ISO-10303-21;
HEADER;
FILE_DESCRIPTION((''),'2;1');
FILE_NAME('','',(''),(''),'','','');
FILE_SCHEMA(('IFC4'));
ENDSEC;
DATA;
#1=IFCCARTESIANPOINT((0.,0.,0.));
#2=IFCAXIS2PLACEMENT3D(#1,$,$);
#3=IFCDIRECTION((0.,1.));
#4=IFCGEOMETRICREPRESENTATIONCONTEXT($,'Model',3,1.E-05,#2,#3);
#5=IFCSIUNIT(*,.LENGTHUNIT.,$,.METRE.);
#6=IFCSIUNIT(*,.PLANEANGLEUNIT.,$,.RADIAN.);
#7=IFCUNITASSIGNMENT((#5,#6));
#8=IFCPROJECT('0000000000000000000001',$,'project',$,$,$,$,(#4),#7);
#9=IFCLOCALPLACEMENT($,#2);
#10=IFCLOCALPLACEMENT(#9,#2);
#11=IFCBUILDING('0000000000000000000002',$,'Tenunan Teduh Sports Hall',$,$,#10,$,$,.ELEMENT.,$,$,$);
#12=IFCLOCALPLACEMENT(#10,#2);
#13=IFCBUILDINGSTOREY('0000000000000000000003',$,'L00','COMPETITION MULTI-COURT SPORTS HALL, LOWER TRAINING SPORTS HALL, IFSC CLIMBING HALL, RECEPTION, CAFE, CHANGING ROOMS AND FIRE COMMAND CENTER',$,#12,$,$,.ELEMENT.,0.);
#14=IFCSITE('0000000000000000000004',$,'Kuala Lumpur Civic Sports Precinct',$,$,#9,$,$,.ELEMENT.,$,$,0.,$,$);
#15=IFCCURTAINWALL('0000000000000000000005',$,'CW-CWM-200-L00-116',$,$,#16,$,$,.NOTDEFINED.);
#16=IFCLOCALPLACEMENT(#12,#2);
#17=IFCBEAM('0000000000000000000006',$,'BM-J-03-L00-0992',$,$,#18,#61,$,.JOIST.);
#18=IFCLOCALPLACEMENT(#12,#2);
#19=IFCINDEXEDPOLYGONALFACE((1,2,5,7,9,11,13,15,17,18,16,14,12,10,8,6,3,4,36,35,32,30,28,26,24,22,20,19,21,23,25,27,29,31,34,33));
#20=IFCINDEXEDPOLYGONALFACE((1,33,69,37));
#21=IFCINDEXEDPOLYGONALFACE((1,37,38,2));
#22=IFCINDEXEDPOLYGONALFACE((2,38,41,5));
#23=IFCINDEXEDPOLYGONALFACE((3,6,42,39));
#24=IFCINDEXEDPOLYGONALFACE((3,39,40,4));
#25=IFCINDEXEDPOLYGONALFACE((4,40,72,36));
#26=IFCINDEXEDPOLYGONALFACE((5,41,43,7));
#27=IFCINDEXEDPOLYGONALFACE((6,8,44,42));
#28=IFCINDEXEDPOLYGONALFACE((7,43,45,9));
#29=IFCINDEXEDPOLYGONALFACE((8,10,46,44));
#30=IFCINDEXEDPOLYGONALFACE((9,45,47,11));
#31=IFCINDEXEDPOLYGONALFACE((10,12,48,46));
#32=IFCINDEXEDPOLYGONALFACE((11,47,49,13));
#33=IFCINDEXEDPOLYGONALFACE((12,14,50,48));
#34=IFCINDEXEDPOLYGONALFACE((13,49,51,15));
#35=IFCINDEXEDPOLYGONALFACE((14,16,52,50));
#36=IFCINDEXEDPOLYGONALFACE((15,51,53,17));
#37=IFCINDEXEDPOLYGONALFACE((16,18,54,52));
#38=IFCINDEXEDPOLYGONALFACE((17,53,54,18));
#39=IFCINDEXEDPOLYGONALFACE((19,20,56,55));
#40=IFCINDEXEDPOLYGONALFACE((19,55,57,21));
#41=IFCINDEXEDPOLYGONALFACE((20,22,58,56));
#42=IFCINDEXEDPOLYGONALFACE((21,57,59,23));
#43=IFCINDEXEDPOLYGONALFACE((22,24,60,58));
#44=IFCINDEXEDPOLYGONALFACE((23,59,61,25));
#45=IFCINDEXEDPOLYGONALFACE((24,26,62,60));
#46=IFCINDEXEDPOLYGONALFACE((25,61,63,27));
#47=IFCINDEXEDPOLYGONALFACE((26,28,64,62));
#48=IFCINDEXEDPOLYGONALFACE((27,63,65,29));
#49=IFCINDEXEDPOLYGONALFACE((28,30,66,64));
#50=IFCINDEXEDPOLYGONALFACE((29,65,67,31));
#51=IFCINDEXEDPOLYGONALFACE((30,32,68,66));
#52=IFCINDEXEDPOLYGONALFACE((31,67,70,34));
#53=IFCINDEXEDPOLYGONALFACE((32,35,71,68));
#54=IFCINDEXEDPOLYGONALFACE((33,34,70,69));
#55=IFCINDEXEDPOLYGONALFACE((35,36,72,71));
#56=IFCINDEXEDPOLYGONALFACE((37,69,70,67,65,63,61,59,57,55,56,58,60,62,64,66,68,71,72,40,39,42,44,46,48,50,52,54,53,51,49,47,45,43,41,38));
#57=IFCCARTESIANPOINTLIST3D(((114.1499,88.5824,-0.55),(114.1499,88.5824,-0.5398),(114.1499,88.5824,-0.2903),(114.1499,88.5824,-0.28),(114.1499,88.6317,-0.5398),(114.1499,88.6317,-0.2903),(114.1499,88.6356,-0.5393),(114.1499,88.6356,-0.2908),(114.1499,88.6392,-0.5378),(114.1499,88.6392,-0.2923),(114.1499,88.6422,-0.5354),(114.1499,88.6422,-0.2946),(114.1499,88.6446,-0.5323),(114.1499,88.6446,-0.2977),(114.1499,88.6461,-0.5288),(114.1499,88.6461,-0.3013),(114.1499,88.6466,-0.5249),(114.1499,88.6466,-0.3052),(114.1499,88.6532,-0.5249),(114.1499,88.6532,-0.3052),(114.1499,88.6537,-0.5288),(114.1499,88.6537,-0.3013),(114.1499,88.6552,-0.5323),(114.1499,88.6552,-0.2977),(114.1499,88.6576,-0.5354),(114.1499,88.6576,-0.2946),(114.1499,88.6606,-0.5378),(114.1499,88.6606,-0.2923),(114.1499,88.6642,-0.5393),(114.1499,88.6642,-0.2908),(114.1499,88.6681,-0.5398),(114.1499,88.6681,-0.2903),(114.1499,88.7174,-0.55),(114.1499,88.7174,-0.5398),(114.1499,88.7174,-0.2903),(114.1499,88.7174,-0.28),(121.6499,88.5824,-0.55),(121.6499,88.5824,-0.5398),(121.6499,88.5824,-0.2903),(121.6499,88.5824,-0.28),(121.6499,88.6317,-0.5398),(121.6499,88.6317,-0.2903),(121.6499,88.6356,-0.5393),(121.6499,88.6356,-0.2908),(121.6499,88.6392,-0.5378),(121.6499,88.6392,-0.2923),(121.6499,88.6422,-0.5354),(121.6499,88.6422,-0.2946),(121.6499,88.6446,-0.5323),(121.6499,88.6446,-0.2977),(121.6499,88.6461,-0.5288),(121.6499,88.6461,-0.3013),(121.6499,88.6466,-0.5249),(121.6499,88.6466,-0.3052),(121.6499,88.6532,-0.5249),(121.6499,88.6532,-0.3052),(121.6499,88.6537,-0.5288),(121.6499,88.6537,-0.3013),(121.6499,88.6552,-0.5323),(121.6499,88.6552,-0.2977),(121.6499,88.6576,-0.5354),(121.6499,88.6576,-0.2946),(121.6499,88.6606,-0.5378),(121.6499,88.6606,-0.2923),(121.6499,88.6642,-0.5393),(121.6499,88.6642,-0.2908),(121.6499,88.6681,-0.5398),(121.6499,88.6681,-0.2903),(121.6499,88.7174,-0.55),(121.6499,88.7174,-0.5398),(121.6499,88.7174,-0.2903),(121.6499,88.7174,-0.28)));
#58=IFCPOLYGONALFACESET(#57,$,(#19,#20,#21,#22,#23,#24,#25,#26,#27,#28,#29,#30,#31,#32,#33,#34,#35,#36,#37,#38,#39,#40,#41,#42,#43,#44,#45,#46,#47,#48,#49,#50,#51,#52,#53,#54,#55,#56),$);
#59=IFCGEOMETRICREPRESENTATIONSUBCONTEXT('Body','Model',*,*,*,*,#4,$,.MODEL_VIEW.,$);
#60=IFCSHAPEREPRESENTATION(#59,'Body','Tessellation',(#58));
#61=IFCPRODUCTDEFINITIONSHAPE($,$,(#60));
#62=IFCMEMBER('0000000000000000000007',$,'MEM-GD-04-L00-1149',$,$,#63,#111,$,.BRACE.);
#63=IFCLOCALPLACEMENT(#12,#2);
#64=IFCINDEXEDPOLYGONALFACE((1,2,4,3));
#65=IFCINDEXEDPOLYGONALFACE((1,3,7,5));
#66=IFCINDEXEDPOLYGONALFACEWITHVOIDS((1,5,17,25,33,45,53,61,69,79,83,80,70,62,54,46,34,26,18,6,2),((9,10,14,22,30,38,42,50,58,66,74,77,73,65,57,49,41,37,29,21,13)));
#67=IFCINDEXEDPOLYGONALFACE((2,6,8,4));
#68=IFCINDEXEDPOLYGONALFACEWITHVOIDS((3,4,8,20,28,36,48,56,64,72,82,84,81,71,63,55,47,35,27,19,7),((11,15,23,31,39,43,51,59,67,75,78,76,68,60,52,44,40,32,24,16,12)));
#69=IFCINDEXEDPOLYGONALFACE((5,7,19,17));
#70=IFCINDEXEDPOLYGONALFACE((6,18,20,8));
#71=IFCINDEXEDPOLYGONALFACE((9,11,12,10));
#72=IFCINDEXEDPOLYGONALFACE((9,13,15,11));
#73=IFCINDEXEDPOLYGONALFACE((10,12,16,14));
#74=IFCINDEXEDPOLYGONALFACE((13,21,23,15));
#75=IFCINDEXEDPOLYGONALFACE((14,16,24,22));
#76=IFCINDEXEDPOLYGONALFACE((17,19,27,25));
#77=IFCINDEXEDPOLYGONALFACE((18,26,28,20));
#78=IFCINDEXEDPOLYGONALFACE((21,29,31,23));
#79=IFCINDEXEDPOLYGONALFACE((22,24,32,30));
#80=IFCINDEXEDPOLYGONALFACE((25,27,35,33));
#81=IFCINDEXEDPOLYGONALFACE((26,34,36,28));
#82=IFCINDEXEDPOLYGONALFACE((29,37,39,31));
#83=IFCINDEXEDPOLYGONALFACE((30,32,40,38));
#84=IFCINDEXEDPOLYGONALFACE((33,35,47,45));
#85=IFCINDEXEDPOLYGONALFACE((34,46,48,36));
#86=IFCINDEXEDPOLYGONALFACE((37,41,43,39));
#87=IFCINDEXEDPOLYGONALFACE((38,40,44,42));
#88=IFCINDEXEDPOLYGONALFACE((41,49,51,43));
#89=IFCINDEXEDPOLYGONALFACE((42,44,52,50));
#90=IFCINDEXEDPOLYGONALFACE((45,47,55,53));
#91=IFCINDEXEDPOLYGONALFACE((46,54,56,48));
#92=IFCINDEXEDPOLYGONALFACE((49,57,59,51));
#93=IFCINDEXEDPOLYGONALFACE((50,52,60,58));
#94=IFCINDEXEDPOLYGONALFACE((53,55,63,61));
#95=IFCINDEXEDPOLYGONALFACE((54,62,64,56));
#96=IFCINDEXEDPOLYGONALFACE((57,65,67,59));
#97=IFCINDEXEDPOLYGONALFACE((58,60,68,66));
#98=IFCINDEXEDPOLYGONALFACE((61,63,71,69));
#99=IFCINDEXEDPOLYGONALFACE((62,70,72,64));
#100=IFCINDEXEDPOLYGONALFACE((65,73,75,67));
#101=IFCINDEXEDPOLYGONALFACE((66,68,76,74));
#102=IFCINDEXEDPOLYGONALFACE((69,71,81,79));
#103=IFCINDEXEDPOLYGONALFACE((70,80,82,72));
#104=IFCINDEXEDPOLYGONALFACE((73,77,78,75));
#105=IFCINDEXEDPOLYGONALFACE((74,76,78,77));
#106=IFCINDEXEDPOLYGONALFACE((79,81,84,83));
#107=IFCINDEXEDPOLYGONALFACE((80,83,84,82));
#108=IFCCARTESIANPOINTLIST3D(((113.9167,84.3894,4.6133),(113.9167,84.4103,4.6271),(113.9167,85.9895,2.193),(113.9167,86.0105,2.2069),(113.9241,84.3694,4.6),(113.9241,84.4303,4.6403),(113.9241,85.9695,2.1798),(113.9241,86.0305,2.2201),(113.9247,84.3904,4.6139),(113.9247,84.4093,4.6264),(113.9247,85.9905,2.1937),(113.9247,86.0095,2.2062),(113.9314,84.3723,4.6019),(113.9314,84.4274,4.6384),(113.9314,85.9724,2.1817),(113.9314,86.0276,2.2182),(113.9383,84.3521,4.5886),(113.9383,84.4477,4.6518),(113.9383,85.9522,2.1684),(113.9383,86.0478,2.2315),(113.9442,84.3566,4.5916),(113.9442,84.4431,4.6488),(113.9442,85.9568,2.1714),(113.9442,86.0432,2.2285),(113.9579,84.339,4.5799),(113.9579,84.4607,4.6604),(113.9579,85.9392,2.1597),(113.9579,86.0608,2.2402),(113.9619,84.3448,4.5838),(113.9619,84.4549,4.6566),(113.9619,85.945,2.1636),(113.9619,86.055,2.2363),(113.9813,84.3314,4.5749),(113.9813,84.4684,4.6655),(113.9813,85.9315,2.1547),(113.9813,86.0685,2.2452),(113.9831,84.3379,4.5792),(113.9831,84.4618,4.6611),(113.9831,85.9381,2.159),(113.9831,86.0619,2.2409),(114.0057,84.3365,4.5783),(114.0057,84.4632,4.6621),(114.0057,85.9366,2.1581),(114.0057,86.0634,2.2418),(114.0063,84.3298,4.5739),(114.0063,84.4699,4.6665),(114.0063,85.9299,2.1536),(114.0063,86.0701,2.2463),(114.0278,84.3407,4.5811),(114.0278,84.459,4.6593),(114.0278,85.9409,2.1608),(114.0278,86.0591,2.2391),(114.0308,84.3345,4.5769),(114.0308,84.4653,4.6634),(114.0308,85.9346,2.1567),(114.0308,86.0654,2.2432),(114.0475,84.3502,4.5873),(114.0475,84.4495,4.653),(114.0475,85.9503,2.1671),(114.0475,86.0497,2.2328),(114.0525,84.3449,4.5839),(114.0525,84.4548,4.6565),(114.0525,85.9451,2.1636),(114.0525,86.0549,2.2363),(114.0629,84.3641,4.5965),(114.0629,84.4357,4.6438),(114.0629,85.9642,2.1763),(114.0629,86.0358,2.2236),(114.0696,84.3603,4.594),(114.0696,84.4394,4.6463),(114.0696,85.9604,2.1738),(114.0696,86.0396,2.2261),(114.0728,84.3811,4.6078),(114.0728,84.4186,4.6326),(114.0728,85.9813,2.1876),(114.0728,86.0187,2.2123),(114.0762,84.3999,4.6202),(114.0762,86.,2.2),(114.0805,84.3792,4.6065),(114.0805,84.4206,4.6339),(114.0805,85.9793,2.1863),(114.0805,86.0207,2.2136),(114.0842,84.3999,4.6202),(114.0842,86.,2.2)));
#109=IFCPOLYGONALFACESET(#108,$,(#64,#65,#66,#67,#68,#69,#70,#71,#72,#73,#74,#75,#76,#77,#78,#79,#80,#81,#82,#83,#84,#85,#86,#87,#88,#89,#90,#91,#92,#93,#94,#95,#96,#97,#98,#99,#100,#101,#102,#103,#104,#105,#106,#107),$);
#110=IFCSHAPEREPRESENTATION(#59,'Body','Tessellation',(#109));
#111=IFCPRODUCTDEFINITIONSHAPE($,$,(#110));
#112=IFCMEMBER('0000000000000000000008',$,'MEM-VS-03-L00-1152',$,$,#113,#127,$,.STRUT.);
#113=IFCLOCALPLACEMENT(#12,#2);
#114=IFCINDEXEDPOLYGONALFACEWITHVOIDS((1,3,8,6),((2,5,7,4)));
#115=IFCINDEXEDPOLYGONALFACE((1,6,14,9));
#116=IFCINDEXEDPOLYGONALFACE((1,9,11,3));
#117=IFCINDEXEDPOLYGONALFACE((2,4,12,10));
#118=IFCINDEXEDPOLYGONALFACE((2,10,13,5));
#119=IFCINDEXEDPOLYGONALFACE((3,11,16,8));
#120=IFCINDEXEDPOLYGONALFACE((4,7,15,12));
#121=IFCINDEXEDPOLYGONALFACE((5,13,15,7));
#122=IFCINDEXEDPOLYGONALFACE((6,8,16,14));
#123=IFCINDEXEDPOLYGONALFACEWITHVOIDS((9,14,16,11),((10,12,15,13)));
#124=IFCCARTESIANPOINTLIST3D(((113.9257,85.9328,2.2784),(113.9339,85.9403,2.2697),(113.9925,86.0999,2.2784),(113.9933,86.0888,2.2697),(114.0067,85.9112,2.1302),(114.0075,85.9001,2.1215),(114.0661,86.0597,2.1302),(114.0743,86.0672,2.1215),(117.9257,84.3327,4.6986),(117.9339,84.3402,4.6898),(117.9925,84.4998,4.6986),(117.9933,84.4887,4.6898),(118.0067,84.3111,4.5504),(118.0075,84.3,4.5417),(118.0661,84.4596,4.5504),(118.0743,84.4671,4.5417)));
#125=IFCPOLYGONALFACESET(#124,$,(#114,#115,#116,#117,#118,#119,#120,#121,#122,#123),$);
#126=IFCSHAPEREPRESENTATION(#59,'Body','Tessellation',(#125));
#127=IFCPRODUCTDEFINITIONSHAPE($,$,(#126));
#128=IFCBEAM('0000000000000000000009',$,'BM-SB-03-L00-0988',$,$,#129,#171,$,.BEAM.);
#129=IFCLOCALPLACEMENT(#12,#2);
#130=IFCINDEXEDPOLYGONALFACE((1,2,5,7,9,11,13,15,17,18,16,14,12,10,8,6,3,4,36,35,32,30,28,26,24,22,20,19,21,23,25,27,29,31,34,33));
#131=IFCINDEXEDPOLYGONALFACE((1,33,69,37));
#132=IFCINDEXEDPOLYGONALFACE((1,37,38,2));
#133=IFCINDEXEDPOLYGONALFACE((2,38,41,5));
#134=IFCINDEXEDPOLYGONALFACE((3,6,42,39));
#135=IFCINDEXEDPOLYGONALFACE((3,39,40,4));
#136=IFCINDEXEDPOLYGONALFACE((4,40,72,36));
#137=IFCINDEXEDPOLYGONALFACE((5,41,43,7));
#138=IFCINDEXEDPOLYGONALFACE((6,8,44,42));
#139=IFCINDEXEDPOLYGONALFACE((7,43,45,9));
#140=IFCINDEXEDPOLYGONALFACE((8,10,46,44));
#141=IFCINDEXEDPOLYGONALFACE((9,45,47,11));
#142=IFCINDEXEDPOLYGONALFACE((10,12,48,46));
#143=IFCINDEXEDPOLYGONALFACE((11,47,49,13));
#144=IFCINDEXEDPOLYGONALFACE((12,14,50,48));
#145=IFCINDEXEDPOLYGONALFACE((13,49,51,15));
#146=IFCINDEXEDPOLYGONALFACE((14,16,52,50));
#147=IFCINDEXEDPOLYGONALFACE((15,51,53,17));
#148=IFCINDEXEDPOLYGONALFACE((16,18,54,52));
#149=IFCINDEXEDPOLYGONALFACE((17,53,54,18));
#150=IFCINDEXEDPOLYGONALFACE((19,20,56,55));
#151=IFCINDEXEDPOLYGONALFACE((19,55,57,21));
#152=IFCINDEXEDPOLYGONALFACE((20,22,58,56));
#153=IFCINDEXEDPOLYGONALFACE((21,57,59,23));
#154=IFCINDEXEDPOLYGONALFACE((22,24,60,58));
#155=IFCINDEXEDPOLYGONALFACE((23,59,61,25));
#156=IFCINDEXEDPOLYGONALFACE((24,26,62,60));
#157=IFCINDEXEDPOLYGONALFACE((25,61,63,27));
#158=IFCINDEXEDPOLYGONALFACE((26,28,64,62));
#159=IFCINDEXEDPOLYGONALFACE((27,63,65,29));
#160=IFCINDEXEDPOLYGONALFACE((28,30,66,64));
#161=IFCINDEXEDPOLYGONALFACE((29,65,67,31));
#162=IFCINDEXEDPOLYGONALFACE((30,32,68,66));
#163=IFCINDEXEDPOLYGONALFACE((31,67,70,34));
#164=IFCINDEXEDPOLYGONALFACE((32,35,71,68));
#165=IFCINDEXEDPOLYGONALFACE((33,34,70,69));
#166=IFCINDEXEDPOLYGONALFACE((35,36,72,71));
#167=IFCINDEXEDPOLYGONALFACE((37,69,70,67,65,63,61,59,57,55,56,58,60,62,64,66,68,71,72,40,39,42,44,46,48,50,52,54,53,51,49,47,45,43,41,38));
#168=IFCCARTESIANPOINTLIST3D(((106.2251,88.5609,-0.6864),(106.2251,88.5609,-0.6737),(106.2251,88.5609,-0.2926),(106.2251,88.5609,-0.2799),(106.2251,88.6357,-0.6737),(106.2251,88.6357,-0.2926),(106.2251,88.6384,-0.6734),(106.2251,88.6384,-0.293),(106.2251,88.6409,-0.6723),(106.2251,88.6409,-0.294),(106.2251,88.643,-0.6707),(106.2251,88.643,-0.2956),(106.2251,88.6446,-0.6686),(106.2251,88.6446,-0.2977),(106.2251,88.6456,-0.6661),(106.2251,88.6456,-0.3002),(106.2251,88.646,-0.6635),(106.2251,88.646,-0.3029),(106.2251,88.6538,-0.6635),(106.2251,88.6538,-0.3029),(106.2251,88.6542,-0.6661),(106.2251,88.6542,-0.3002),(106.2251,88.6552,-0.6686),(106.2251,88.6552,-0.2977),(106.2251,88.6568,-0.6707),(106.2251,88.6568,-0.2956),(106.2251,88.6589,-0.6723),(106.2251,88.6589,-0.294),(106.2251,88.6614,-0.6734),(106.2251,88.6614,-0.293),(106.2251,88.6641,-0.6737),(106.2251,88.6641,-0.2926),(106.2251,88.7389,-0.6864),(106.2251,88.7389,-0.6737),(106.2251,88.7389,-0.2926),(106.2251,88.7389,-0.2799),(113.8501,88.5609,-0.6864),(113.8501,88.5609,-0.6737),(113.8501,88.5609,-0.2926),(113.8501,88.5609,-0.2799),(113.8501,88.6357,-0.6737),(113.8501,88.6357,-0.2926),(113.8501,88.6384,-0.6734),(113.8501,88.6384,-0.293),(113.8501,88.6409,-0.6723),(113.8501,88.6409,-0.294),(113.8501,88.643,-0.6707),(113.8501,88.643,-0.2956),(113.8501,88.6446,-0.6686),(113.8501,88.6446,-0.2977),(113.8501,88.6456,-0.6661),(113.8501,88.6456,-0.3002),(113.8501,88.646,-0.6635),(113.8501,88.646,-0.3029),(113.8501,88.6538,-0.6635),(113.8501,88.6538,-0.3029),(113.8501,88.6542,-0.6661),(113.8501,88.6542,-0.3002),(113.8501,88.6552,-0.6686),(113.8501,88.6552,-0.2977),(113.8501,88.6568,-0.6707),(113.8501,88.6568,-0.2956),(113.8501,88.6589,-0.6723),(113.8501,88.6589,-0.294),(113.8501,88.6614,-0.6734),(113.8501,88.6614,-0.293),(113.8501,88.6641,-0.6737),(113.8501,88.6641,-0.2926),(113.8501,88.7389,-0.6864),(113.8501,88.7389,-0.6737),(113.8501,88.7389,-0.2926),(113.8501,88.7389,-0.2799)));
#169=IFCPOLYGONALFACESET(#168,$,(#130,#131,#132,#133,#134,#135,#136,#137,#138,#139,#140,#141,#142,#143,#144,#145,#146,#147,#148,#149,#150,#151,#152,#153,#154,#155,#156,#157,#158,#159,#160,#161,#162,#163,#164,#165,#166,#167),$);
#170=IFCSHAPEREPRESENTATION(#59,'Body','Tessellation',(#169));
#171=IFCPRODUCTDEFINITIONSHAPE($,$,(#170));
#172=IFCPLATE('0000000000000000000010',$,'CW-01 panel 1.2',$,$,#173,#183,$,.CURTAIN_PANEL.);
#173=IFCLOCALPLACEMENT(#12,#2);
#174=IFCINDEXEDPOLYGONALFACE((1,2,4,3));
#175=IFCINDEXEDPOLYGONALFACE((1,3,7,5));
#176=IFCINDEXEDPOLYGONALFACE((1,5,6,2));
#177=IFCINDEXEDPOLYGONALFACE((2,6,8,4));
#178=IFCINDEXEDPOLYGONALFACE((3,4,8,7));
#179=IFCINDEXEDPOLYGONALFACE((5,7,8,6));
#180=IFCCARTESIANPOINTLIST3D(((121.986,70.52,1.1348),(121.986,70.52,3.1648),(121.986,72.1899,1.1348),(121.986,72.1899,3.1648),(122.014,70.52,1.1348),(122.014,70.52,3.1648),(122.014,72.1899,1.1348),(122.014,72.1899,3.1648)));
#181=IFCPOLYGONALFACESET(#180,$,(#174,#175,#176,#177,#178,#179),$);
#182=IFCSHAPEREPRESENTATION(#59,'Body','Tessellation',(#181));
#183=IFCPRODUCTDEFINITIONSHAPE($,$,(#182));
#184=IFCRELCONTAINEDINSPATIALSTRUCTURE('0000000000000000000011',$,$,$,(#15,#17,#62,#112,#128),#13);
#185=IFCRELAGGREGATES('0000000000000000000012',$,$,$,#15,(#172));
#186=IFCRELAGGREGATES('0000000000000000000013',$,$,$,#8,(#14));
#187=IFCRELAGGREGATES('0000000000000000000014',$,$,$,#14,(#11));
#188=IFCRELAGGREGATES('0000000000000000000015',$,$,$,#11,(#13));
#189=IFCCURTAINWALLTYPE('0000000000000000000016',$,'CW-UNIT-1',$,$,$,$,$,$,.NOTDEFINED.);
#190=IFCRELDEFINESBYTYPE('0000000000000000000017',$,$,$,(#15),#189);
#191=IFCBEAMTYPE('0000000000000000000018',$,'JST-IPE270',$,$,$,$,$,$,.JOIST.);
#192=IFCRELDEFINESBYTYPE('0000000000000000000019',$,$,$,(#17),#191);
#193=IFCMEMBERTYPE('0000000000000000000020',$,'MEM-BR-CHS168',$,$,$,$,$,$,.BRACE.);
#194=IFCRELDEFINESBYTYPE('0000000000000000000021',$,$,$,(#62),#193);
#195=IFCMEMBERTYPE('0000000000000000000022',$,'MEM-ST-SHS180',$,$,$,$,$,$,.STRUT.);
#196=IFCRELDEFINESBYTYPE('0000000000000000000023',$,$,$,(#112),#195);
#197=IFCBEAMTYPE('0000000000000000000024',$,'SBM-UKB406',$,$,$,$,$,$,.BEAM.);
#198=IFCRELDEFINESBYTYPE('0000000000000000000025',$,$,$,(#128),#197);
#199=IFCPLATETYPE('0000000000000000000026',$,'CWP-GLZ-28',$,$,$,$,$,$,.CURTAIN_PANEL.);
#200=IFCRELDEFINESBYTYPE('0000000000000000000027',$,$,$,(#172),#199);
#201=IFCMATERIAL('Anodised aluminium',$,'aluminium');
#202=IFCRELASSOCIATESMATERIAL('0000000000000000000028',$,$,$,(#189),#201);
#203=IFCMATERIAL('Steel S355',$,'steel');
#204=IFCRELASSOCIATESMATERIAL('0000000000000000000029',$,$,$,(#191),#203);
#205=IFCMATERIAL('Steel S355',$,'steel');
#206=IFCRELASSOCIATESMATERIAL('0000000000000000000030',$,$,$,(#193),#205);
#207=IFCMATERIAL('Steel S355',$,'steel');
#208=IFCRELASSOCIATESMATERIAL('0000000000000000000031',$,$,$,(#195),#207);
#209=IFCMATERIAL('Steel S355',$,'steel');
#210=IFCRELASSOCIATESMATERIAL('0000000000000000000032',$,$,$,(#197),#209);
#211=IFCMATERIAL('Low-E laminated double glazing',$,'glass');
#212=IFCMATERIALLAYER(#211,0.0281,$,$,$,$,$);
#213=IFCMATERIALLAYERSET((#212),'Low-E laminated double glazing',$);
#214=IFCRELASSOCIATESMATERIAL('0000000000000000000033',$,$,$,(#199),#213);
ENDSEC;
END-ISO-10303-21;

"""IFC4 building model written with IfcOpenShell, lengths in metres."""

from ifc_helpers import new_model, si_unit, direction, frame, origin, origin_2d, place, context, subcontext, project, spatial, rectangle, hollow_rectangle, hollow_circle, i_section, extrude, material, layer, layer_set, material_profile, profile_set, type_object, element, aggregate, save


model = new_model("IFC4")

# Units and contexts
model_context = context("Model", 3, precision=1e-05, world=origin(), true_north=direction((0.0, 1.0)))
body_context = subcontext(model_context, "Body", "Model", "MODEL_VIEW")
ifc_project = project(units=[si_unit("LENGTHUNIT", "METRE"), si_unit("PLANEANGLEUNIT", "RADIAN")], contexts=[model_context])

# Site, building, storey
site_placement = place(None, origin())
site = spatial("IfcSite", under=ifc_project, at=site_placement, Name="Kuala Lumpur Civic Sports Precinct", CompositionType="ELEMENT", RefElevation=0.0)
building_placement = place(site_placement, origin())
building = spatial("IfcBuilding", under=site, at=building_placement, Name="Tenunan Teduh Sports Hall", CompositionType="ELEMENT")
storey_placement = place(building_placement, origin())
storey = spatial("IfcBuildingStorey", under=building, at=storey_placement, Name="L00", Description="COMPETITION MULTI-COURT SPORTS HALL, LOWER TRAINING SPORTS HALL, IFSC CLIMBING HALL, RECEPTION, CAFE, CHANGING ROOMS AND FIRE COMMAND CENTER", CompositionType="ELEMENT", Elevation=0.0)

# Curtain wall
ifc_material_1 = material(Name="Anodised aluminium", Category="aluminium")
curtain_wall_type = type_object("IfcCurtainWallType", Name="CW-UNIT-1", PredefinedType="NOTDEFINED", material=ifc_material_1)
curtain_wall_placement = place(storey_placement, origin())
curtain_wall = element("IfcCurtainWall", 1, at=curtain_wall_placement, inside=storey, type_object=curtain_wall_type, Name="CW-CWM-200-L00-116", PredefinedType="NOTDEFINED")

# Beam
ifc_material_2 = material(Name="Steel S355", Category="steel")
ifc_material_profile_1 = material_profile(ifc_material_2, i_section(OverallWidth=0.135, OverallDepth=0.27, WebThickness=0.0066, FlangeThickness=0.0103, FilletRadius=0.0149, at=origin_2d()), Name="IPE 270")
ifc_profile_set_1 = profile_set([ifc_material_profile_1], Name="Steel S355")
beam_type_1 = type_object("IfcBeamType", Name="JST-IPE270", PredefinedType="JOIST", material=ifc_profile_set_1)
beam_1_placement = place(storey_placement, frame((114.1499, 88.6499, -0.415), z_axis=(1.0, 0.0, 0.0), x_axis=(0.0, 1.0, 0.0)))
element("IfcBeam", 2, at=beam_1_placement, inside=storey, type_object=beam_type_1, Name="BM-J-03-L00-0992", PredefinedType="JOIST", context=body_context, shape_type="SweptSolid", body=[
    extrude(i_section(OverallWidth=0.135, OverallDepth=0.27, WebThickness=0.0066, FlangeThickness=0.0103, FilletRadius=0.0149, at=origin_2d()), origin(), (0.0, 0.0, 1.0), 7.5),
])

# Members
ifc_material_3 = material(Name="Steel S355", Category="steel")
ifc_material_profile_2 = material_profile(ifc_material_3, hollow_circle(Radius=0.0842, WallThickness=0.0081, at=origin_2d()), Name="CHS 168.3x8.0")
ifc_profile_set_2 = profile_set([ifc_material_profile_2], Name="Steel S355")
member_type_1 = type_object("IfcMemberType", Name="MEM-BR-CHS168", PredefinedType="BRACE", material=ifc_profile_set_2)
member_1_placement = place(storey_placement, frame((114.0, 86.0, 2.2), z_axis=(0.0, -0.551511, 0.834167), x_axis=(1.0, 0.0, 0.0)))
element("IfcMember", 3, at=member_1_placement, inside=storey, type_object=member_type_1, Name="MEM-GD-04-L00-1149", PredefinedType="BRACE", context=body_context, shape_type="SweptSolid", body=[
    extrude(hollow_circle(Radius=0.0842, WallThickness=0.0081, at=origin_2d()), origin(), (0.0, 0.0, 1.0), 2.9014),
])
ifc_material_4 = material(Name="Steel S355", Category="steel")
ifc_material_profile_3 = material_profile(ifc_material_4, hollow_rectangle(XDim=0.1799, YDim=0.1799, WallThickness=0.01, at=origin_2d()), Name="SHS 180x180x10.0")
ifc_profile_set_3 = profile_set([ifc_material_profile_3], Name="Steel S355")
member_type_2 = type_object("IfcMemberType", Name="MEM-ST-SHS180", PredefinedType="STRUT", material=ifc_profile_set_3)
member_2_placement = place(storey_placement, frame((114.0, 86.0, 2.2), z_axis=(0.809486, -0.323814, 0.489773), x_axis=(0.37141, 0.928469, 0.0)))
element("IfcMember", 4, at=member_2_placement, inside=storey, type_object=member_type_2, Name="MEM-VS-03-L00-1152", PredefinedType="STRUT", context=body_context, shape_type="SweptSolid", body=[
    extrude(hollow_rectangle(XDim=0.1799, YDim=0.1799, WallThickness=0.01, at=origin_2d()), origin(), (0.0, 0.0, 1.0), 4.9414),
])

# Beam
ifc_material_5 = material(Name="Steel S355", Category="steel")
ifc_material_profile_4 = material_profile(ifc_material_5, i_section(OverallWidth=0.178, OverallDepth=0.4065, WebThickness=0.0078, FlangeThickness=0.0127, FilletRadius=0.0103, at=origin_2d()), Name="UKB 406x178x60")
ifc_profile_set_4 = profile_set([ifc_material_profile_4], Name="Steel S355")
beam_type_2 = type_object("IfcBeamType", Name="SBM-UKB406", PredefinedType="BEAM", material=ifc_profile_set_4)
beam_2_placement = place(storey_placement, frame((106.2251, 88.6499, -0.4832), z_axis=(1.0, 0.0, 0.0), x_axis=(0.0, 1.0, 0.0)))
element("IfcBeam", 5, at=beam_2_placement, inside=storey, type_object=beam_type_2, Name="BM-SB-03-L00-0988", PredefinedType="BEAM", context=body_context, shape_type="SweptSolid", body=[
    extrude(i_section(OverallWidth=0.178, OverallDepth=0.4065, WebThickness=0.0078, FlangeThickness=0.0127, FilletRadius=0.0103, at=origin_2d()), origin(), (0.0, 0.0, 1.0), 7.625),
])

# Plate
ifc_material_6 = material(Name="Low-E laminated double glazing", Category="glass")
ifc_layer_1 = layer(ifc_material_6, 0.0281)
ifc_layer_set_1 = layer_set([ifc_layer_1], Name="Low-E laminated double glazing")
plate_type_1 = type_object("IfcPlateType", Name="CWP-GLZ-28", PredefinedType="CURTAIN_PANEL", material=ifc_layer_set_1)
plate_1_placement = place(storey_placement, frame((122.0, 71.355, 1.1348), z_axis=(0.0, 0.0, 1.0), x_axis=(0.0, 1.0, 0.0)))
plate_1 = element("IfcPlate", 6, at=plate_1_placement, type_object=plate_type_1, Name="CW-01 panel 1.2", PredefinedType="CURTAIN_PANEL", context=body_context, shape_type="SweptSolid", body=[
    extrude(rectangle(XDim=1.6699, YDim=0.0281, at=origin_2d()), origin(), (0.0, 0.0, 1.0), 2.03),
])
aggregate(curtain_wall, [plate_1])

save(model, "model.ifc")
